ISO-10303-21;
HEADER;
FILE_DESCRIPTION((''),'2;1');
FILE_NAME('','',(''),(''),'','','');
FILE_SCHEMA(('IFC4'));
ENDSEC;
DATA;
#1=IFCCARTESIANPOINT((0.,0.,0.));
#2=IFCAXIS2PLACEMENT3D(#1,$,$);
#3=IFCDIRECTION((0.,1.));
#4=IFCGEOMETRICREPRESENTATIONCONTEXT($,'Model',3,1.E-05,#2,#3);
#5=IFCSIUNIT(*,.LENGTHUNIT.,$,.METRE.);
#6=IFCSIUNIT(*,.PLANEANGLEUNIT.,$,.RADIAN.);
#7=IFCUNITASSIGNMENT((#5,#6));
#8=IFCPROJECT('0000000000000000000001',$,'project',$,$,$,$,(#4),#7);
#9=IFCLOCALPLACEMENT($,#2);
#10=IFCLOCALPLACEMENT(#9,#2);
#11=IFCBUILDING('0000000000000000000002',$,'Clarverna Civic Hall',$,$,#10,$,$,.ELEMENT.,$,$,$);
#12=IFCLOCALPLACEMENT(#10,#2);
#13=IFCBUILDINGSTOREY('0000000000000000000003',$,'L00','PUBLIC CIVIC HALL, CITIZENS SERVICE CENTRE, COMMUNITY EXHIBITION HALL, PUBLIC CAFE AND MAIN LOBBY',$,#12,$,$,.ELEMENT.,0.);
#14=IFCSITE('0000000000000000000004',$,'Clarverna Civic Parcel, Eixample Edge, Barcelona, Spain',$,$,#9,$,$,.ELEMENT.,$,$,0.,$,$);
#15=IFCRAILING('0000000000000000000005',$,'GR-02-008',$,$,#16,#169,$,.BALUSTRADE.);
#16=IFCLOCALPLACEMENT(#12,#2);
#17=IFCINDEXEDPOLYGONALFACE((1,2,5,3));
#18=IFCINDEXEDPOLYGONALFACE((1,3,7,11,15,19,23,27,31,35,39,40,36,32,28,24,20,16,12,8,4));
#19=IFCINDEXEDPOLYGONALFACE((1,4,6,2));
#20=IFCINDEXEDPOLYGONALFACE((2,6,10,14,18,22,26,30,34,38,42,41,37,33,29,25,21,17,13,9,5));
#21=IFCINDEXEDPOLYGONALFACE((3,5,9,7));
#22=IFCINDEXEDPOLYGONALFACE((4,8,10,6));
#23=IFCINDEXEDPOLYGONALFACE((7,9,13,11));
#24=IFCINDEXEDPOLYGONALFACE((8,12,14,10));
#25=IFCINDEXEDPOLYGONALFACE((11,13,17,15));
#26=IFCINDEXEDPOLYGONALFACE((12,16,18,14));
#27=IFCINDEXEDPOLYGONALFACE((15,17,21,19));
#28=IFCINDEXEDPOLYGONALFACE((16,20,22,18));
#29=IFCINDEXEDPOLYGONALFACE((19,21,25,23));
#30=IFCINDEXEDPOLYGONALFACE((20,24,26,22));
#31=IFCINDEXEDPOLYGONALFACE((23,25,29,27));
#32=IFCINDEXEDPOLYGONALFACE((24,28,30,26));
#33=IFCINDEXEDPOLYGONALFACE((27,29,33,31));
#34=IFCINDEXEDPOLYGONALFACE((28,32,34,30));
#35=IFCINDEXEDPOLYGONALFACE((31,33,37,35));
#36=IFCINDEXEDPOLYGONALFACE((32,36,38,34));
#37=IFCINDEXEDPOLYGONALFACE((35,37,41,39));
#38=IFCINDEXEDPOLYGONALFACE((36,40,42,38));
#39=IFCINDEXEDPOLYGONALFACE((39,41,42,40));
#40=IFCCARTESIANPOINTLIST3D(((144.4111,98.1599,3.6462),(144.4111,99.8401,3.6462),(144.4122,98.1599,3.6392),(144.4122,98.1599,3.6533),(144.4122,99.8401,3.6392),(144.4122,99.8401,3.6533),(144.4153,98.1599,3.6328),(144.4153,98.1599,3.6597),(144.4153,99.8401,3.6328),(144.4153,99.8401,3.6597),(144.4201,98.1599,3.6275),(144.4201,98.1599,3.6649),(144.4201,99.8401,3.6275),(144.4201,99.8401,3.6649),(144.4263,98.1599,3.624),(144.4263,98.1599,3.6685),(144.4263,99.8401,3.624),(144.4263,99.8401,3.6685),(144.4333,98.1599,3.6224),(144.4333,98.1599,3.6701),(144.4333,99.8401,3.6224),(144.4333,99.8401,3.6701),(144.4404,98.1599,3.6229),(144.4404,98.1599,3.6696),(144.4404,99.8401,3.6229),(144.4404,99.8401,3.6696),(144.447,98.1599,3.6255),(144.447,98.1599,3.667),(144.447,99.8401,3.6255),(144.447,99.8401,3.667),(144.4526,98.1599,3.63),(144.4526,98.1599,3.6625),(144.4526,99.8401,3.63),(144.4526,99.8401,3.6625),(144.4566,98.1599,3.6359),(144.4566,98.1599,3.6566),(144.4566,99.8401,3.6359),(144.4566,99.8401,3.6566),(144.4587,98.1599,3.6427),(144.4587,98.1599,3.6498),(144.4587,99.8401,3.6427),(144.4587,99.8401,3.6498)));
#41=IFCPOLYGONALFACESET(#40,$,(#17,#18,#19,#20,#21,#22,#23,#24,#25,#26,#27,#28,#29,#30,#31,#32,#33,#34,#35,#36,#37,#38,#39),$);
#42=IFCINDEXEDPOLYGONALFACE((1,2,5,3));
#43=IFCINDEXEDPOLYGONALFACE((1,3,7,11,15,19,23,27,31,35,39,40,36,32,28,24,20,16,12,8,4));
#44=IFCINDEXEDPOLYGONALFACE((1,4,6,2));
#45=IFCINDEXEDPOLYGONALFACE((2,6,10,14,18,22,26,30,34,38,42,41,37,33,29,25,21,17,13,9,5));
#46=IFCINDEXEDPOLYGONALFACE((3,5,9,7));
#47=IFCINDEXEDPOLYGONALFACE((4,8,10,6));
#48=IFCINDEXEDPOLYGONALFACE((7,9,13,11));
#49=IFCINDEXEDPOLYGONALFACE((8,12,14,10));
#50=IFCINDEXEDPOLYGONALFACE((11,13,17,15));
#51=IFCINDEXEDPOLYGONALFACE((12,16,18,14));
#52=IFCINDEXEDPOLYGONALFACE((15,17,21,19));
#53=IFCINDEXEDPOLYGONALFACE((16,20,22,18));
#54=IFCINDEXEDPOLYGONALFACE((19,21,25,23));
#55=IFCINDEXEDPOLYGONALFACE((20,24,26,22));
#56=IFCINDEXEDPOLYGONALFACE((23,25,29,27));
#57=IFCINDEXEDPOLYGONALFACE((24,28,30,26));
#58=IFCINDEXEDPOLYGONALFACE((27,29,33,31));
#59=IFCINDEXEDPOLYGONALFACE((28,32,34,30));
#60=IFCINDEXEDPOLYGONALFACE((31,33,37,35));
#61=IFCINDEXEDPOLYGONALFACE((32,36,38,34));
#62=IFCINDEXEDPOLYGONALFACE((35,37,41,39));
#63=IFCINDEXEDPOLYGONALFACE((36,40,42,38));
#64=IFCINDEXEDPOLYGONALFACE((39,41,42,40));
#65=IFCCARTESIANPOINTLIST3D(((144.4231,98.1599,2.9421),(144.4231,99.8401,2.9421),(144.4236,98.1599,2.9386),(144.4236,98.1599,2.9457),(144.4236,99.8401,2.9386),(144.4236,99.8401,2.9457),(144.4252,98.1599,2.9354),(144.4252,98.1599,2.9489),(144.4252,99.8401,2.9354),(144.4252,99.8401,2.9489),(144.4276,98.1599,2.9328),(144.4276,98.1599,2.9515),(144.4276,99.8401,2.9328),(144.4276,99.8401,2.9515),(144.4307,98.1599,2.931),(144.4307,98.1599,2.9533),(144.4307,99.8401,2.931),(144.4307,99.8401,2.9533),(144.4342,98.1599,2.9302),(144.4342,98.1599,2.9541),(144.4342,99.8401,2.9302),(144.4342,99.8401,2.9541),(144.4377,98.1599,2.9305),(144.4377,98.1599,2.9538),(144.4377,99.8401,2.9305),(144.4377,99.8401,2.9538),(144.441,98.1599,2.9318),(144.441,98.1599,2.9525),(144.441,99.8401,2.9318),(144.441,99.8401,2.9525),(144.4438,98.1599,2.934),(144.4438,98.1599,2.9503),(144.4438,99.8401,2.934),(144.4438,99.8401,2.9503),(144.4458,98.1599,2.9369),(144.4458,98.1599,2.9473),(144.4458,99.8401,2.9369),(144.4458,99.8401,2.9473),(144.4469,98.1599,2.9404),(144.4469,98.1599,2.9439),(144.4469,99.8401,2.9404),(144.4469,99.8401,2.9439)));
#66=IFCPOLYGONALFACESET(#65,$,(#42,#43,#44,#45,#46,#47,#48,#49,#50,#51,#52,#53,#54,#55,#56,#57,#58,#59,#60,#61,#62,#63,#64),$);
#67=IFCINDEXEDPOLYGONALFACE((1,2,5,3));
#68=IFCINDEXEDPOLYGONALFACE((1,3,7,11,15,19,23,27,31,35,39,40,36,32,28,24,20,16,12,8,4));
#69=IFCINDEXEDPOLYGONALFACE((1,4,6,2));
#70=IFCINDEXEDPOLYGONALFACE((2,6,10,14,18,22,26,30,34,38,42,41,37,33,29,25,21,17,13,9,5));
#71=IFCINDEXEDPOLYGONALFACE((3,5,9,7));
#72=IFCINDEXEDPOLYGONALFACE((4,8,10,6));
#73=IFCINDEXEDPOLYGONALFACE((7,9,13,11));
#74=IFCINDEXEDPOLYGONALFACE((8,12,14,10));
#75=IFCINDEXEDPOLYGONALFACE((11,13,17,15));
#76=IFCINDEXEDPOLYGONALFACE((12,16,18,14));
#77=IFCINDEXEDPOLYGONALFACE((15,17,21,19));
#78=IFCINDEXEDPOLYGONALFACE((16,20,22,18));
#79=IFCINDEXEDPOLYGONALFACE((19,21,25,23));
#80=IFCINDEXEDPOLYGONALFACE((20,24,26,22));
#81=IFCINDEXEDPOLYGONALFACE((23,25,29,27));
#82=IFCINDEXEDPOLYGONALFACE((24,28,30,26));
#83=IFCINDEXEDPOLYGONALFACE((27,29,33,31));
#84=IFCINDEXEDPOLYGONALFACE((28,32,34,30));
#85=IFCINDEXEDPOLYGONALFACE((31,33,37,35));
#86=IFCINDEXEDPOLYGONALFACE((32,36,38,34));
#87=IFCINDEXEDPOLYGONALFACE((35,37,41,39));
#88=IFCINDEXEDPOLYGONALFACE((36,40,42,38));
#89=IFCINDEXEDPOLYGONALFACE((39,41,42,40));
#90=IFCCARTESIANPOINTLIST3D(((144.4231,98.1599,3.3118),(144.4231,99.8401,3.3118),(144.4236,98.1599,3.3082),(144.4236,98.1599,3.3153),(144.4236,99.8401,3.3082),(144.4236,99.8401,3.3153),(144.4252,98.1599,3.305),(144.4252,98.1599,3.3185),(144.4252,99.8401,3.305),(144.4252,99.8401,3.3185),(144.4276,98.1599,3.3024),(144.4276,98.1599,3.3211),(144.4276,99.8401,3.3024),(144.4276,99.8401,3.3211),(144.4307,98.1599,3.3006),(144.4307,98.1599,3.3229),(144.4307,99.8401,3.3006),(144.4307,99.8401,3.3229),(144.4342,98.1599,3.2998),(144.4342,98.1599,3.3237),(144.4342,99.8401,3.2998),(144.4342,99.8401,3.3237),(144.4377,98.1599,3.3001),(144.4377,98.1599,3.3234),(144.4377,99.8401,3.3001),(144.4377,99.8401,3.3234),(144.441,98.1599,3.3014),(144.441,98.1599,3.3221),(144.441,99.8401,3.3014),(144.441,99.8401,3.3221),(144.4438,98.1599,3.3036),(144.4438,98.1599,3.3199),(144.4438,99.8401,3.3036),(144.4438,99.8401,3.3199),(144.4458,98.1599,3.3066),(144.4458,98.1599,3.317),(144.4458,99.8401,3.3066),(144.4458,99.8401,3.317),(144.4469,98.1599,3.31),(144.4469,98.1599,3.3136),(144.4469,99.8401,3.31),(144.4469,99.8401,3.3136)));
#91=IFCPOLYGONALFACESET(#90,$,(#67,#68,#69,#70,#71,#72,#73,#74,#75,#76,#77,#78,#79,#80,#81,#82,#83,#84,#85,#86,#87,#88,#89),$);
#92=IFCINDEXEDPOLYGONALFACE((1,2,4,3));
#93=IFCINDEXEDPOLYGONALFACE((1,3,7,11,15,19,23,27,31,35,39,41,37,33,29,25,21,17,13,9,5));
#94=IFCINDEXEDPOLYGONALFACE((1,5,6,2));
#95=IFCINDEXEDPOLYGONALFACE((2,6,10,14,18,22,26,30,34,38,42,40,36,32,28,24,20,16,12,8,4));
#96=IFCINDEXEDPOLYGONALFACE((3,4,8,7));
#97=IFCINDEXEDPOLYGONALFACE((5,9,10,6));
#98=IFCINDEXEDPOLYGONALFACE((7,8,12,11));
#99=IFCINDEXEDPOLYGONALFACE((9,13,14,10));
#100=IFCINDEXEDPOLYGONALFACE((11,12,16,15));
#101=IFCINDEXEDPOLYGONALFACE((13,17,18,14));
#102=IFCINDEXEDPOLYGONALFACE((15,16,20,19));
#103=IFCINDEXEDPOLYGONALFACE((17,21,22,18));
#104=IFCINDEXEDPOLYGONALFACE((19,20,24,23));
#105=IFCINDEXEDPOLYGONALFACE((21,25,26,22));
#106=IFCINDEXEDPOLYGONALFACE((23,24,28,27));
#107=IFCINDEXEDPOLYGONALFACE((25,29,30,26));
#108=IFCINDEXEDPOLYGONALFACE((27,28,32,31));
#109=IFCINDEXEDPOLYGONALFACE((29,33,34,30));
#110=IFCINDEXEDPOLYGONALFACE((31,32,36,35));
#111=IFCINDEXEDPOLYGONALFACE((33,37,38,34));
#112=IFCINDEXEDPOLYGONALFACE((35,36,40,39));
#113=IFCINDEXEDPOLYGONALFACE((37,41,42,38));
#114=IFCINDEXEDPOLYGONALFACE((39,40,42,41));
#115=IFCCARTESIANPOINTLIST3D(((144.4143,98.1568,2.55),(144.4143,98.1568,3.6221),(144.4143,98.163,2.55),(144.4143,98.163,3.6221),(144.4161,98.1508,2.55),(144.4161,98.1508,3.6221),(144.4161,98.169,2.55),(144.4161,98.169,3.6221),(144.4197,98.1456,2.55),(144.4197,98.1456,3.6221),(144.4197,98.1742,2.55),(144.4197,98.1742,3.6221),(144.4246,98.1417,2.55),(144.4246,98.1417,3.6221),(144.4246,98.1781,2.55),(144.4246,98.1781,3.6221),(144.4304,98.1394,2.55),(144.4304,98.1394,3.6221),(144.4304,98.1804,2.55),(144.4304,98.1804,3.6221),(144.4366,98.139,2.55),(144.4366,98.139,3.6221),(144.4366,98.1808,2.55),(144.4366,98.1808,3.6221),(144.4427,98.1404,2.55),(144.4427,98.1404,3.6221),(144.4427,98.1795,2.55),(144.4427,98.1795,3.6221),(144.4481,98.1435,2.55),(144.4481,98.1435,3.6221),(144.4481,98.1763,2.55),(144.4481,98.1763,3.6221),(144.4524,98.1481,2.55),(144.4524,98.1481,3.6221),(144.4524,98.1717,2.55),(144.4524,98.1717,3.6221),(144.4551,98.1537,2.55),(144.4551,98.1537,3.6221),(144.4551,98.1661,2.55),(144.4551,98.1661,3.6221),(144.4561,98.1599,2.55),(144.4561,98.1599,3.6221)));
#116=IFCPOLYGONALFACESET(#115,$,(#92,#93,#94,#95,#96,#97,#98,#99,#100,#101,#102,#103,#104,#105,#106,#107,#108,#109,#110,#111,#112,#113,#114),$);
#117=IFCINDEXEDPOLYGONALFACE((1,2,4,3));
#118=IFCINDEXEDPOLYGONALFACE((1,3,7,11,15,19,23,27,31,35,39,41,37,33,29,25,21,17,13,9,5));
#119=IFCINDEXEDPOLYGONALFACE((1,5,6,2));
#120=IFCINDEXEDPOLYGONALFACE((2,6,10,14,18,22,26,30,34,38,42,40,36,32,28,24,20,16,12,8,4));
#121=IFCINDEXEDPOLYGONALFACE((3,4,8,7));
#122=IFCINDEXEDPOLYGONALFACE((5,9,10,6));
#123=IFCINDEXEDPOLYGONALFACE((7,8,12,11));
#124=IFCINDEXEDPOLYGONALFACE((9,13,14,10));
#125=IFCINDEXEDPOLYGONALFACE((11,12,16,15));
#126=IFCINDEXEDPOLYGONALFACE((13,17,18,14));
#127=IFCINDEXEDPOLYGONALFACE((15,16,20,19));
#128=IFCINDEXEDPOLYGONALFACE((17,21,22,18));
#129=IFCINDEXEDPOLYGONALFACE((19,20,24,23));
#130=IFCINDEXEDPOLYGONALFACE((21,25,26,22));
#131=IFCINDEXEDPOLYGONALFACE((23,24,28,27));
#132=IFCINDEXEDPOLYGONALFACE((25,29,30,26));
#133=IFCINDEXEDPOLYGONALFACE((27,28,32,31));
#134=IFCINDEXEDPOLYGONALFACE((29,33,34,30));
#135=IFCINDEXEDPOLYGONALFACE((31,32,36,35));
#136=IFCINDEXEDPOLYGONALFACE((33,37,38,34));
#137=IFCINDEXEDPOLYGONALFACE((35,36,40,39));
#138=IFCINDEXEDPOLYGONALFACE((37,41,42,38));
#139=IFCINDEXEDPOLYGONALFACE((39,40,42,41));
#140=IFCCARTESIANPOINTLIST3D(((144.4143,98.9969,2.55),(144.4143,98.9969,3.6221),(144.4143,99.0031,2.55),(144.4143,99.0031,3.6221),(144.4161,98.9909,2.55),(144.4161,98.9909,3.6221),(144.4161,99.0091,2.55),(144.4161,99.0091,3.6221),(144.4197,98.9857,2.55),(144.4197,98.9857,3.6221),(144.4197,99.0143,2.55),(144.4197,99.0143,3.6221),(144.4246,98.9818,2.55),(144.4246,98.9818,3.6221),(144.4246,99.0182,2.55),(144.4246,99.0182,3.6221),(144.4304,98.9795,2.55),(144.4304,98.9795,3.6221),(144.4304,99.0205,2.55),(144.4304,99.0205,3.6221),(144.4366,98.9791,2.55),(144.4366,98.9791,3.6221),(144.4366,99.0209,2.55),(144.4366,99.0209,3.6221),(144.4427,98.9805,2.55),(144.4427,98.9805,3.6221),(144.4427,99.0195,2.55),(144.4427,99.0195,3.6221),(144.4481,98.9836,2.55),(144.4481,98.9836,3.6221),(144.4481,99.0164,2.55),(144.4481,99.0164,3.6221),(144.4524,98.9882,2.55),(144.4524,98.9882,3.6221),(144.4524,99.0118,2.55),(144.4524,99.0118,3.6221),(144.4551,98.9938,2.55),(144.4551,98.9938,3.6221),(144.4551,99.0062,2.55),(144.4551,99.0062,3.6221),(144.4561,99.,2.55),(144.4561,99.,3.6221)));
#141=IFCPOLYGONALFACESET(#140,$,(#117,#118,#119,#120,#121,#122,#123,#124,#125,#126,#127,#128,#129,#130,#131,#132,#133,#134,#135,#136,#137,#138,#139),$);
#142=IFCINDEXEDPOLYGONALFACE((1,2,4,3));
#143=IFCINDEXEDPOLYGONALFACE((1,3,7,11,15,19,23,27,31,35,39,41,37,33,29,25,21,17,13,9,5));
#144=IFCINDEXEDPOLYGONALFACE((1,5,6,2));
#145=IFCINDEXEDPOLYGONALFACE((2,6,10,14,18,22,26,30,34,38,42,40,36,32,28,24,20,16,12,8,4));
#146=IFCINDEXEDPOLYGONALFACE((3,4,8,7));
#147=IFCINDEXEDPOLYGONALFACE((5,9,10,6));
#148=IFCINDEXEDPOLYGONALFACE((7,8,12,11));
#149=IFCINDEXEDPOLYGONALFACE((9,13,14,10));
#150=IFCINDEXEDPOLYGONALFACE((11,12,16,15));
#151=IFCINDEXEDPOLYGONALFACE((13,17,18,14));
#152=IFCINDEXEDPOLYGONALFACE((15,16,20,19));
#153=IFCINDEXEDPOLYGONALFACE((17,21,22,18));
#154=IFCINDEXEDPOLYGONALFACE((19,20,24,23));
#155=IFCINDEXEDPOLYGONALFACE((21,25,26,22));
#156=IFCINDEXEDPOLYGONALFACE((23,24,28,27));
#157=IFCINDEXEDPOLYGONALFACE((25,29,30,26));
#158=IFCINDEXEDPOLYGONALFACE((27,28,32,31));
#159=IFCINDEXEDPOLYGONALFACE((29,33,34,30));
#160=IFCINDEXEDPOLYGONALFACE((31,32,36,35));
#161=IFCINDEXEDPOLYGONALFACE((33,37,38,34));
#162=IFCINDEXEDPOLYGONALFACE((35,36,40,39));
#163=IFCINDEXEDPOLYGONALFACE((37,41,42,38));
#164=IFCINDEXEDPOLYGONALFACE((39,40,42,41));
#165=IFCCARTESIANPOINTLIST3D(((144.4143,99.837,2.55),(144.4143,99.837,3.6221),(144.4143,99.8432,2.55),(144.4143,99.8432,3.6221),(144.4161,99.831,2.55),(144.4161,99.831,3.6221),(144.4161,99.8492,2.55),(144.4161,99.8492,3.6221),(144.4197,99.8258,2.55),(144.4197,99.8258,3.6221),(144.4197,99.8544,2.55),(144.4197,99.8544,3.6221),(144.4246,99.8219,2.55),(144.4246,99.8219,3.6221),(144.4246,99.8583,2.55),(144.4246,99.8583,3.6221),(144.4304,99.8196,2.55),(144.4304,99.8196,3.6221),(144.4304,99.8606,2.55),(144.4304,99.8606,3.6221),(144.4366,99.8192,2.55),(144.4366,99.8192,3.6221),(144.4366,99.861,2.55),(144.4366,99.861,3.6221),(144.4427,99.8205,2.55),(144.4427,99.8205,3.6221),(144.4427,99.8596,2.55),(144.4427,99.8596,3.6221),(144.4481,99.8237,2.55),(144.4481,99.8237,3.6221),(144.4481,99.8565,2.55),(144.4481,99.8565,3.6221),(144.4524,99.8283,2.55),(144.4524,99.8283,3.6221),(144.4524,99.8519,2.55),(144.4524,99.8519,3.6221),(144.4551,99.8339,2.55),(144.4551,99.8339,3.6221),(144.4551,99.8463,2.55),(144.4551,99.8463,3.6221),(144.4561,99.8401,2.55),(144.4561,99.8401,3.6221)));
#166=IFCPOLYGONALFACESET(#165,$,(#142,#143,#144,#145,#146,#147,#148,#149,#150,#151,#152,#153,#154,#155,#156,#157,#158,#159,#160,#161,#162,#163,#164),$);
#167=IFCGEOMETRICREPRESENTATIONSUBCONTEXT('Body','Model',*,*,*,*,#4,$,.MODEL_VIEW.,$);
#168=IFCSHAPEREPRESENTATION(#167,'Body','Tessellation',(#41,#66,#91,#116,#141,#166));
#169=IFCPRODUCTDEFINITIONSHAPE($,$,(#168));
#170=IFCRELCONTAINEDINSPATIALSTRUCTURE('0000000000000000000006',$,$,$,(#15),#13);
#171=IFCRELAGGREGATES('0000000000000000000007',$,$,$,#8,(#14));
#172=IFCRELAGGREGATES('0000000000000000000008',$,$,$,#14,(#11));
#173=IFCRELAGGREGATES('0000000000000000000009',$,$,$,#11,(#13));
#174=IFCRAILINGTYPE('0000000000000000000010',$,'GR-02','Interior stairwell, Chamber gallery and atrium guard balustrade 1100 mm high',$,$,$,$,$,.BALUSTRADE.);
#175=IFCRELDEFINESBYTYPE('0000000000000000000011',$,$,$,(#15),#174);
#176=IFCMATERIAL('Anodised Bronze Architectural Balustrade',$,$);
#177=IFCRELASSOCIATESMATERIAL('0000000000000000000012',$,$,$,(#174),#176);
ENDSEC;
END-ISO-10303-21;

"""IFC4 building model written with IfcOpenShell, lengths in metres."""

from ifc_helpers import new_model, si_unit, direction, frame, origin, origin_2d, place, context, subcontext, project, spatial, circle, extrude, material, type_object, element, save


model = new_model("IFC4")

# Units and contexts
model_context = context("Model", 3, precision=1e-05, world=origin(), true_north=direction((0.0, 1.0)))
body_context = subcontext(model_context, "Body", "Model", "MODEL_VIEW")
ifc_project = project(units=[si_unit("LENGTHUNIT", "METRE"), si_unit("PLANEANGLEUNIT", "RADIAN")], contexts=[model_context])

# Site, building, storey
site_placement = place(None, origin())
site = spatial("IfcSite", under=ifc_project, at=site_placement, Name="Clarverna Civic Parcel, Eixample Edge, Barcelona, Spain", CompositionType="ELEMENT", RefElevation=0.0)
building_placement = place(site_placement, origin())
building = spatial("IfcBuilding", under=site, at=building_placement, Name="Clarverna Civic Hall", CompositionType="ELEMENT")
storey_placement = place(building_placement, origin())
storey = spatial("IfcBuildingStorey", under=building, at=storey_placement, Name="L00", Description="PUBLIC CIVIC HALL, CITIZENS SERVICE CENTRE, COMMUNITY EXHIBITION HALL, PUBLIC CAFE AND MAIN LOBBY", CompositionType="ELEMENT", Elevation=0.0)

# Railing
ifc_material_1 = material(Name="Anodised Bronze Architectural Balustrade")
railing_type_1 = type_object("IfcRailingType", Name="GR-02", Description="Interior stairwell, Chamber gallery and atrium guard balustrade 1100 mm high", PredefinedType="BALUSTRADE", material=ifc_material_1)
railing_1_placement = place(storey_placement, frame((144.4351, 98.1599, 2.55)))
element("IfcRailing", 1, at=railing_1_placement, inside=storey, type_object=railing_type_1, Name="GR-02-008", PredefinedType="BALUSTRADE", context=body_context, shape_type="SweptSolid", body=[
    extrude(circle(Radius=0.0239, at=origin_2d()), frame((0.0, 0.0, 1.0962), z_axis=(0.0, 1.0, 0.0), x_axis=(-1.0, 0.0, 0.0)), (0.0, 0.0, 1.0), 1.6802),
    extrude(circle(Radius=0.012, at=origin_2d()), frame((0.0, 0.0, 0.3921), z_axis=(0.0, 1.0, 0.0), x_axis=(-1.0, 0.0, 0.0)), (0.0, 0.0, 1.0), 1.6802),
    extrude(circle(Radius=0.012, at=origin_2d()), frame((0.0, 0.0, 0.7617), z_axis=(0.0, 1.0, 0.0), x_axis=(-1.0, 0.0, 0.0)), (0.0, 0.0, 1.0), 1.6802),
    extrude(circle(Radius=0.021, at=origin_2d()), origin(), (0.0, 0.0, 1.0), 1.072),
    extrude(circle(Radius=0.021, at=origin_2d()), frame((0.0, 0.8401, 0.0)), (0.0, 0.0, 1.0), 1.072),
    extrude(circle(Radius=0.021, at=origin_2d()), frame((0.0, 1.6802, 0.0)), (0.0, 0.0, 1.0), 1.072),
])

save(model, "model.ifc")
